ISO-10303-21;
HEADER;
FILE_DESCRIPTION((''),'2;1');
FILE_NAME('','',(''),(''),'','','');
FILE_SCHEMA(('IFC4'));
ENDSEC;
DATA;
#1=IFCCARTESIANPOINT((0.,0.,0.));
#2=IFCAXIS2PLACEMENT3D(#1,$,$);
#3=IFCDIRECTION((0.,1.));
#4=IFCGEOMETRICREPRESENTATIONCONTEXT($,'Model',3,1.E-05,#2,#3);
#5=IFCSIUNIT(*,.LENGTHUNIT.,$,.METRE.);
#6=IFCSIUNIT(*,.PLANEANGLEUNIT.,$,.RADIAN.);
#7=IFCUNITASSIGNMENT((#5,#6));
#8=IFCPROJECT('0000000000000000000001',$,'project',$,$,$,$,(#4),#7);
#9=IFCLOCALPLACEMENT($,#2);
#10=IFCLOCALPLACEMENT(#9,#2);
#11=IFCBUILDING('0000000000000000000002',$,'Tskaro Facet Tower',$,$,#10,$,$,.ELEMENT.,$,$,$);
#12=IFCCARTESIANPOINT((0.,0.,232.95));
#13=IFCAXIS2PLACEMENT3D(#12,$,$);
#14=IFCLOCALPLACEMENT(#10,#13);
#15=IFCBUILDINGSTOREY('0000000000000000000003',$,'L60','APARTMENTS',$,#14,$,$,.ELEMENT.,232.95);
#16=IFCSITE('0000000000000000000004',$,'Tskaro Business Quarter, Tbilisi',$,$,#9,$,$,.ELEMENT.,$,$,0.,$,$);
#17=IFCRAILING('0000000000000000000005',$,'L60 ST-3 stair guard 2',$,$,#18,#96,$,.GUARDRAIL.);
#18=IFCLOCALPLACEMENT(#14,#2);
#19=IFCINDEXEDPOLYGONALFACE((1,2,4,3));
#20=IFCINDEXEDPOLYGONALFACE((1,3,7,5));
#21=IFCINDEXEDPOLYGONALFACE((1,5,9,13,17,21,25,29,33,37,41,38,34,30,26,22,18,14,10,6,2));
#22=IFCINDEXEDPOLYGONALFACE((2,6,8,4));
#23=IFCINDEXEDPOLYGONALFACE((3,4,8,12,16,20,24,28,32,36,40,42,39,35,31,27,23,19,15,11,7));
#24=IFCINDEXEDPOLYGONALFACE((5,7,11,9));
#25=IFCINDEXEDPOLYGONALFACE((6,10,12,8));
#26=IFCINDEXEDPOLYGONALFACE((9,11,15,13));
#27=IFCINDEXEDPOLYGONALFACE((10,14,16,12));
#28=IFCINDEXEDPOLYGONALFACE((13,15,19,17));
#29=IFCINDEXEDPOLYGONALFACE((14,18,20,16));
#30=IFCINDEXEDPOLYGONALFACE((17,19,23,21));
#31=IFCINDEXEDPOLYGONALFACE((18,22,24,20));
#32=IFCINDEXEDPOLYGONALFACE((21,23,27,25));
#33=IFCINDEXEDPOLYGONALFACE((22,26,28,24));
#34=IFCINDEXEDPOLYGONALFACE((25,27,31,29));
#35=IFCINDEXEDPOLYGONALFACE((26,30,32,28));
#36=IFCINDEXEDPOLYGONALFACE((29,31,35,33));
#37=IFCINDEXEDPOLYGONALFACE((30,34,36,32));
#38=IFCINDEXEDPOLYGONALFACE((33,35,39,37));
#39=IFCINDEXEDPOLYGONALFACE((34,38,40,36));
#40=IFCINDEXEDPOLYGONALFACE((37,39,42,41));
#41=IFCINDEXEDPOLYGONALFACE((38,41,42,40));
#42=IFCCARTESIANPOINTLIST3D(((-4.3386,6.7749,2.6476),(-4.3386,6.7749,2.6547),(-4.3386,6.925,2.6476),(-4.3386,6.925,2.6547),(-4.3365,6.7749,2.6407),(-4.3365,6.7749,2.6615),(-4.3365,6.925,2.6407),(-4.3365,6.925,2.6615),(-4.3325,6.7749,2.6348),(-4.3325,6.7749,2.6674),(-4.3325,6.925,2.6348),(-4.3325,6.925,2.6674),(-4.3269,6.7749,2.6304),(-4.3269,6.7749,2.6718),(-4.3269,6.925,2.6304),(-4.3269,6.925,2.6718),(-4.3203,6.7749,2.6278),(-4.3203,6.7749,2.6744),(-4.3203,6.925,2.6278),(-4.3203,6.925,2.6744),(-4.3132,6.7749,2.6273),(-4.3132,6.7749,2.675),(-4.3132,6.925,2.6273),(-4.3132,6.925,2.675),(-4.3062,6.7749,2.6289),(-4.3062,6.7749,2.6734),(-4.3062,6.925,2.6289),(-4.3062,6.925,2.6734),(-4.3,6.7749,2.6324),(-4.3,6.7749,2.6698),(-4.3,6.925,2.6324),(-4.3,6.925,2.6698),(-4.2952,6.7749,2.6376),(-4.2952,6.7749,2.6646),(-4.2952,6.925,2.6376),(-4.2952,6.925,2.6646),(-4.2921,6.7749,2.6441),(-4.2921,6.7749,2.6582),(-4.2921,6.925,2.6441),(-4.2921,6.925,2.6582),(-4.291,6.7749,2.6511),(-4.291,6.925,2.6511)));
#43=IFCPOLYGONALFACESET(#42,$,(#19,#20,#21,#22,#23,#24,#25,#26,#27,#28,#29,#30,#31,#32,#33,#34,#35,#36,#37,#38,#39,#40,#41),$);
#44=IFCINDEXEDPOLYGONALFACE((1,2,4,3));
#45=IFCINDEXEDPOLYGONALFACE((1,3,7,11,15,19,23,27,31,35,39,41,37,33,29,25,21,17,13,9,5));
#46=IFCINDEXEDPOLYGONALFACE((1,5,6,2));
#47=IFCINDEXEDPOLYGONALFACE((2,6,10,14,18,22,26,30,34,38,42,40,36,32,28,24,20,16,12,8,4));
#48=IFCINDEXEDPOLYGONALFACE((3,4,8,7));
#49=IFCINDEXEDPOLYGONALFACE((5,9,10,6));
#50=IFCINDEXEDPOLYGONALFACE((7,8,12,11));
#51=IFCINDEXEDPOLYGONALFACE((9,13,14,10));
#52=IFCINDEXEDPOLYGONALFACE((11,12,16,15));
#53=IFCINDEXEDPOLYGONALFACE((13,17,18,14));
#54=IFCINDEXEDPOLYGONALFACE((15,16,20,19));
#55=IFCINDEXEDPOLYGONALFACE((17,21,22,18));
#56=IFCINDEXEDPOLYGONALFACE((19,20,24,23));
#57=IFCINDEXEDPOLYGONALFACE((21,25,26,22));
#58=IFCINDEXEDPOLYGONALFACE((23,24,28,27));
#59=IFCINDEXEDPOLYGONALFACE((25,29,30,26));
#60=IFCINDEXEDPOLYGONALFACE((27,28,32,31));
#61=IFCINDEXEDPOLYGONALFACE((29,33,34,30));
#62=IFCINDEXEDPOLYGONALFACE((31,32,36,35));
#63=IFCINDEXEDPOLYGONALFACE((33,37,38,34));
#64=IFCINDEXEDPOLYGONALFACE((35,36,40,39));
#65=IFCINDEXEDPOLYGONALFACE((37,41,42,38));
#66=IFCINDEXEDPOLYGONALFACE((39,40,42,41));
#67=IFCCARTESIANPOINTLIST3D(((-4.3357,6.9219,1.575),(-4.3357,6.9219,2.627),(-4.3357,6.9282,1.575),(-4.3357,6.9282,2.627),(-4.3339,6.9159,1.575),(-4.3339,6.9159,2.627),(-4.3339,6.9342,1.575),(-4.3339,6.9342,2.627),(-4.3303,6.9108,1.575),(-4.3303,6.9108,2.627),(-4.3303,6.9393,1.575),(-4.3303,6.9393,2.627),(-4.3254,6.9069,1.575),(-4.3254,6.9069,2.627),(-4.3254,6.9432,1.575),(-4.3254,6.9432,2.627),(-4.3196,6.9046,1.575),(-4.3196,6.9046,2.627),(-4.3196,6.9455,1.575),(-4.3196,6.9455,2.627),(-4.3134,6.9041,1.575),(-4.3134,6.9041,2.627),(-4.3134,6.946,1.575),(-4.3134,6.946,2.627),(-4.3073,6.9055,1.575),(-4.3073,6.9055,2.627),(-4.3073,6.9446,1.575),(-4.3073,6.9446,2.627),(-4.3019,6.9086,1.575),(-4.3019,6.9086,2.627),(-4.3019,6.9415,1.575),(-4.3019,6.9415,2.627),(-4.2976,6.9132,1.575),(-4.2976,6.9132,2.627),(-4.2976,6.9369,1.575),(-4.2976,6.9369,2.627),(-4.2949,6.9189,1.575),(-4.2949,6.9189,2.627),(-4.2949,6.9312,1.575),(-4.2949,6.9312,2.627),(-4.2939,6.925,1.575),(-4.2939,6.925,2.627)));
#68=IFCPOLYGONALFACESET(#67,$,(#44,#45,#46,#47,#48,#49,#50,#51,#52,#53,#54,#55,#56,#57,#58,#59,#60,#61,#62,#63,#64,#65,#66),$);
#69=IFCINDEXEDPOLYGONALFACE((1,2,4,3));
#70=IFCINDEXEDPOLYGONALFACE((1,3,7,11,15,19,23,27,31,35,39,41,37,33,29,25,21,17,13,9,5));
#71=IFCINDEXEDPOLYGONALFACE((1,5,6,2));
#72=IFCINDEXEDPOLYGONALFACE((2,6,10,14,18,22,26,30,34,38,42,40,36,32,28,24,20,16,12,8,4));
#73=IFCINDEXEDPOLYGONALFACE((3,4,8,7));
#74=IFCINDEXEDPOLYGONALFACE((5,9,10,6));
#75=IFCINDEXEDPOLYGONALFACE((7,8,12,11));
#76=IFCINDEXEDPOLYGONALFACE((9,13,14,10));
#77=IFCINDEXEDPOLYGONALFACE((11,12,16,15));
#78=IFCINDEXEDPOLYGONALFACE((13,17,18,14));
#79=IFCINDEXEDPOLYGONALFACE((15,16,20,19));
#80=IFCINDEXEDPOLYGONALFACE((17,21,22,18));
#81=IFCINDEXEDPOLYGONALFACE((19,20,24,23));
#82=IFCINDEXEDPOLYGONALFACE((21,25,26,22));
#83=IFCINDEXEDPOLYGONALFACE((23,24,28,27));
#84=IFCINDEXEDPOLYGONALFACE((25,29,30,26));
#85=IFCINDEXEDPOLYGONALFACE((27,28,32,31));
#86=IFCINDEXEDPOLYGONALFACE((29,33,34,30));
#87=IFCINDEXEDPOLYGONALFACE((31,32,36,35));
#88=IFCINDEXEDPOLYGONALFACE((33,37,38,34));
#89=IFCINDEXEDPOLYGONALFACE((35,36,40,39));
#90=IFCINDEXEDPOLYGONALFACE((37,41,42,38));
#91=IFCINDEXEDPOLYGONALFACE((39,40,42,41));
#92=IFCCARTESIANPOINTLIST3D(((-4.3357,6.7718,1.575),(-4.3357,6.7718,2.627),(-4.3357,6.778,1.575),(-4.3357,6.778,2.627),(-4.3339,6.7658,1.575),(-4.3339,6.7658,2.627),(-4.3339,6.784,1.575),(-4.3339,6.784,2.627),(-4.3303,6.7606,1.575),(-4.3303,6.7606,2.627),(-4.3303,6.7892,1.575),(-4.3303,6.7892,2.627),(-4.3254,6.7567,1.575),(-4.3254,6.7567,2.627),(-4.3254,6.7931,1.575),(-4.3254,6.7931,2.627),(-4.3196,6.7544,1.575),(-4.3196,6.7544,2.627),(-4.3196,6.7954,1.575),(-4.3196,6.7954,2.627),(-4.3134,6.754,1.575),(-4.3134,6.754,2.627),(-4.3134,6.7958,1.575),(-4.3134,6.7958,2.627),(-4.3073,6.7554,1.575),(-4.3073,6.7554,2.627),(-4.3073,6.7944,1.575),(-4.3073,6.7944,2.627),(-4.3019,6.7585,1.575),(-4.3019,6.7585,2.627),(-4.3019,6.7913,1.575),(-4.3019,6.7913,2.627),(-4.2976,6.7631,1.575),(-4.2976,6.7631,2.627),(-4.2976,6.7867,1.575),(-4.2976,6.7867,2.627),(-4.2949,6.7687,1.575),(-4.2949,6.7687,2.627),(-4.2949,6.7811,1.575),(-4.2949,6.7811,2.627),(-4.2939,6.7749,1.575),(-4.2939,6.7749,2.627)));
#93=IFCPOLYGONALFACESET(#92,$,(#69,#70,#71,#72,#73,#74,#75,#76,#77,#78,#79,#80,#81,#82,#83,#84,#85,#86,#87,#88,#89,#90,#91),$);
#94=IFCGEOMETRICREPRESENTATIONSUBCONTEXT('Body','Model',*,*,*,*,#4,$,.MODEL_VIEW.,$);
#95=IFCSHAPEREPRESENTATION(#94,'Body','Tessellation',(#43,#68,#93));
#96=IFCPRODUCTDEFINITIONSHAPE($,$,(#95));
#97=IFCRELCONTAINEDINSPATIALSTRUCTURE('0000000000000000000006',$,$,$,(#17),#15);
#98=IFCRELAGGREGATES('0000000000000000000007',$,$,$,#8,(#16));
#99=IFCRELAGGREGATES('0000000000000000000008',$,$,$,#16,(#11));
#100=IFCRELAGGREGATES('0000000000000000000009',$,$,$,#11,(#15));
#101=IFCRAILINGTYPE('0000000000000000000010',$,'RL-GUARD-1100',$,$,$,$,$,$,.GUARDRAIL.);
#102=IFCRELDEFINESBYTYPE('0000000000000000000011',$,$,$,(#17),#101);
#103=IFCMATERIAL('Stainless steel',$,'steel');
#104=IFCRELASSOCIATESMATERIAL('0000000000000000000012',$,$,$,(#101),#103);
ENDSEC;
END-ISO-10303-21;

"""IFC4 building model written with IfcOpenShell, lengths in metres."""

from ifc_helpers import new_model, si_unit, direction, frame, origin, origin_2d, place, context, subcontext, project, spatial, circle, extrude, material, type_object, element, save


model = new_model("IFC4")

# Units and contexts
model_context = context("Model", 3, precision=1e-05, world=origin(), true_north=direction((0.0, 1.0)))
body_context = subcontext(model_context, "Body", "Model", "MODEL_VIEW")
ifc_project = project(units=[si_unit("LENGTHUNIT", "METRE"), si_unit("PLANEANGLEUNIT", "RADIAN")], contexts=[model_context])

# Site, building, storey
site_placement = place(None, origin())
site = spatial("IfcSite", under=ifc_project, at=site_placement, Name="Tskaro Business Quarter, Tbilisi", CompositionType="ELEMENT", RefElevation=0.0)
building_placement = place(site_placement, origin())
building = spatial("IfcBuilding", under=site, at=building_placement, Name="Tskaro Facet Tower", CompositionType="ELEMENT")
storey_placement = place(building_placement, frame((0.0, 0.0, 232.95)))
storey = spatial("IfcBuildingStorey", under=building, at=storey_placement, Name="L60", Description="APARTMENTS", CompositionType="ELEMENT", Elevation=232.95)

# Railing
ifc_material_1 = material(Name="Stainless steel", Category="steel")
railing_type_1 = type_object("IfcRailingType", Name="RL-GUARD-1100", PredefinedType="GUARDRAIL", material=ifc_material_1)
railing_1_placement = place(storey_placement, frame((-4.3149, 6.925, 1.575)))
element("IfcRailing", 1, at=railing_1_placement, inside=storey, type_object=railing_type_1, Name="L60 ST-3 stair guard 2", PredefinedType="GUARDRAIL", context=body_context, shape_type="SweptSolid", body=[
    extrude(circle(Radius=0.0239, at=origin_2d()), frame((0.0, 0.0, 1.0762), z_axis=(0.0, -1.0, 0.0), x_axis=(1.0, 0.0, 0.0)), (0.0, 0.0, 1.0), 0.1501),
    extrude(circle(Radius=0.021, at=origin_2d()), origin(), (0.0, 0.0, 1.0), 1.052),
    extrude(circle(Radius=0.021, at=origin_2d()), frame((0.0, -0.1501, 0.0)), (0.0, 0.0, 1.0), 1.052),
])

save(model, "model.ifc")
